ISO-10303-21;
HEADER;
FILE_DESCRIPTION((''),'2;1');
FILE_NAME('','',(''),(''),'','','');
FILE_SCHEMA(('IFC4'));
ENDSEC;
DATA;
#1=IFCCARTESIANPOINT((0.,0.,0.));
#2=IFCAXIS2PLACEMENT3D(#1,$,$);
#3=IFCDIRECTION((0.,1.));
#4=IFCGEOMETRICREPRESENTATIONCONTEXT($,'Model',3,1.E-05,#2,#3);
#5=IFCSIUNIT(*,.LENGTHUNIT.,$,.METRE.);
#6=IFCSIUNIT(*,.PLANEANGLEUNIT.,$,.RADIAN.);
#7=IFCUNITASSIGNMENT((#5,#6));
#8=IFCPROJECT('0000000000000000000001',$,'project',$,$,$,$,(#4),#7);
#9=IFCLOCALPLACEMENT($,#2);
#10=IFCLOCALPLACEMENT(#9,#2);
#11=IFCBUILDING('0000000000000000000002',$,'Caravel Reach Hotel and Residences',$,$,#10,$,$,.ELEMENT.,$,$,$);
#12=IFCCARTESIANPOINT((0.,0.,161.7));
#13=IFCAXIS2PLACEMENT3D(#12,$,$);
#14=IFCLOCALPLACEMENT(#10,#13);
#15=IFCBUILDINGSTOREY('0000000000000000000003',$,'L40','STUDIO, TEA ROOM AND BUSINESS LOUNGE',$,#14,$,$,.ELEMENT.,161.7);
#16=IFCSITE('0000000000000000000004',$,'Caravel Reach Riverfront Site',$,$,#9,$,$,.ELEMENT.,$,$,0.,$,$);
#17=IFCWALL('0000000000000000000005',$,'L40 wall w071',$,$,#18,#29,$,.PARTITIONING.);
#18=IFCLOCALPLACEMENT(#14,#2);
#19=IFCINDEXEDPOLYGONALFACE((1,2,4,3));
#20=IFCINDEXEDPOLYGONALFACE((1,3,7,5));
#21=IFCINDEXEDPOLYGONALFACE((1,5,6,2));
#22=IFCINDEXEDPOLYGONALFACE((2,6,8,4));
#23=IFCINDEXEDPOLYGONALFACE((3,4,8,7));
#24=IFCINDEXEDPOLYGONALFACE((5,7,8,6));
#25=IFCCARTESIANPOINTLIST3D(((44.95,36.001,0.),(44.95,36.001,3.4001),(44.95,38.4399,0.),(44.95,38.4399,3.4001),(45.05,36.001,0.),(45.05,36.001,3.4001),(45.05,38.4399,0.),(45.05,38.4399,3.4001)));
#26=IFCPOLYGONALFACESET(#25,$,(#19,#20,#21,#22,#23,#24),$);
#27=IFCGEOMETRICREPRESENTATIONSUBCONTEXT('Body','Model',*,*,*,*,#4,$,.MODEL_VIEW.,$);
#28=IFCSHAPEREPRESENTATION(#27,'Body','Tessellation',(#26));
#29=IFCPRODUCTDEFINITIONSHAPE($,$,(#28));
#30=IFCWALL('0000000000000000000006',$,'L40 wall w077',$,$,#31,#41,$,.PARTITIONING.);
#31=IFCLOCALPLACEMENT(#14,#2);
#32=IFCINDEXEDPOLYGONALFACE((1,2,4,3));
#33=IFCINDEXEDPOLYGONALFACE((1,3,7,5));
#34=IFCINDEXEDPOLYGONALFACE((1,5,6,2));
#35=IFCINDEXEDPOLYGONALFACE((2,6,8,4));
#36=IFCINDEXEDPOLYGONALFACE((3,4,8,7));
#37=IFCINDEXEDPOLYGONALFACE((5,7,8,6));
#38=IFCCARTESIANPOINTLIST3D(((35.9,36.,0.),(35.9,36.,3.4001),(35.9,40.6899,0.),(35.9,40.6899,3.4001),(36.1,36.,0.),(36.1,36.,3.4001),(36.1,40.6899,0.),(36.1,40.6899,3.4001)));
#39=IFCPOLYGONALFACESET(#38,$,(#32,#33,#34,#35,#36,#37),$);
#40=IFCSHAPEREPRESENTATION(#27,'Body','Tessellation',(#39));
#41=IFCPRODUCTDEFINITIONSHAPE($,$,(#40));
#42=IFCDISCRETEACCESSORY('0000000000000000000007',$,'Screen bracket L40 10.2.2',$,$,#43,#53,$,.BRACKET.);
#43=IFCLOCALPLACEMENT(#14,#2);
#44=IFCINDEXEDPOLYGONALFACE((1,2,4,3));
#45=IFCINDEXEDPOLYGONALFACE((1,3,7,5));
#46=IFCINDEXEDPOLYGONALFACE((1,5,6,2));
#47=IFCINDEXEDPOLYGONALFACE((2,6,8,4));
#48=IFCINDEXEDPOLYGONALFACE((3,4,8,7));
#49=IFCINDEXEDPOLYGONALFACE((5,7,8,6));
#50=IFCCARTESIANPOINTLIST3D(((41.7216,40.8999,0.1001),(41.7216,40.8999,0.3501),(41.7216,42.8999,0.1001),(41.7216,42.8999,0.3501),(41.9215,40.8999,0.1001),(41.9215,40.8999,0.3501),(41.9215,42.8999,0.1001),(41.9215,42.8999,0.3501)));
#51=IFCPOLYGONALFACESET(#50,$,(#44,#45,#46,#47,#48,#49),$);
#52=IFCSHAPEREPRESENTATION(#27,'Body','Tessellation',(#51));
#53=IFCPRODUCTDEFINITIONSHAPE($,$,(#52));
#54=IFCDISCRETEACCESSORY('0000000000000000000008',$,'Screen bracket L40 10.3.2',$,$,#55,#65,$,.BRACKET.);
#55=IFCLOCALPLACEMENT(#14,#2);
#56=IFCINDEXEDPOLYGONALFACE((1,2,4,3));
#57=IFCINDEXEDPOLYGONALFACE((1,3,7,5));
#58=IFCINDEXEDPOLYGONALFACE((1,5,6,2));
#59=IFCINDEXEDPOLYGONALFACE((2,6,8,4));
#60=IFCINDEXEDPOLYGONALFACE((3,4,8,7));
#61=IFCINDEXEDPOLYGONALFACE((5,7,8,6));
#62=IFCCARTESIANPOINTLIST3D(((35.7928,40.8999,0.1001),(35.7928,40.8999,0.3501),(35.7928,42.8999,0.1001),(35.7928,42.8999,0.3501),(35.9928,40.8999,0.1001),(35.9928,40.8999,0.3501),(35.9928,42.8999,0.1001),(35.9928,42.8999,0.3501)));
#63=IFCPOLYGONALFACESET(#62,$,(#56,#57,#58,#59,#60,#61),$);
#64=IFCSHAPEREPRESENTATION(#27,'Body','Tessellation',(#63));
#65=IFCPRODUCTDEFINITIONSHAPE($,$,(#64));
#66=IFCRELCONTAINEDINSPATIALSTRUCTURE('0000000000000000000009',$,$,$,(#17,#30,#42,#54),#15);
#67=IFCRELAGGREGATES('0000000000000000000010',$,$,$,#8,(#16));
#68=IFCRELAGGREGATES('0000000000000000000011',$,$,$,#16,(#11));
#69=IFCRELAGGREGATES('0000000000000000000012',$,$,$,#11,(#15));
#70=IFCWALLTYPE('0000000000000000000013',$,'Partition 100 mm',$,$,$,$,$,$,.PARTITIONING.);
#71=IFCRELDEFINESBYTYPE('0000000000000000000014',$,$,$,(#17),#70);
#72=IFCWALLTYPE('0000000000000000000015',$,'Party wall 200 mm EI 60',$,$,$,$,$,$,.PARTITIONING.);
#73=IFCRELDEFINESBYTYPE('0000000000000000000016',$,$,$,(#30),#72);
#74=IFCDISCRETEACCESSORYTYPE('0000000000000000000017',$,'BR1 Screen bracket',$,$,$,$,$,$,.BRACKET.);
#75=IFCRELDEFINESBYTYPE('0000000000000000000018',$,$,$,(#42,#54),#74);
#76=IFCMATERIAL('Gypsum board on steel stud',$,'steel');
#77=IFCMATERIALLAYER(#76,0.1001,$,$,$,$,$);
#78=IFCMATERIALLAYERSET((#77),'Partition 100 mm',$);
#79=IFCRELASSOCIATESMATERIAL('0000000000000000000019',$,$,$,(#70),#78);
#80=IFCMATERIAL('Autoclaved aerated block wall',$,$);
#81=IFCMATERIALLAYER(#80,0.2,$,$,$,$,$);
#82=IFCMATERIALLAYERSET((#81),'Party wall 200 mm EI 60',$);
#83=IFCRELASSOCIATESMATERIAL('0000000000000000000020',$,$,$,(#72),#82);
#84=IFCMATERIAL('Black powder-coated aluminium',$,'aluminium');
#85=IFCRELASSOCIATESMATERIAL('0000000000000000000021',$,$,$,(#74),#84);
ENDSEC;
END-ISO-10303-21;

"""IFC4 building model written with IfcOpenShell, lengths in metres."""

from ifc_helpers import new_model, si_unit, direction, frame, frame_2d, origin, origin_2d, place, context, subcontext, project, spatial, rectangle, extrude, material, layer, layer_set, type_object, element, save


model = new_model("IFC4")

# Units and contexts
model_context = context("Model", 3, precision=1e-05, world=origin(), true_north=direction((0.0, 1.0)))
body_context = subcontext(model_context, "Body", "Model", "MODEL_VIEW")
ifc_project = project(units=[si_unit("LENGTHUNIT", "METRE"), si_unit("PLANEANGLEUNIT", "RADIAN")], contexts=[model_context])

# Site, building, storey
site_placement = place(None, origin())
site = spatial("IfcSite", under=ifc_project, at=site_placement, Name="Caravel Reach Riverfront Site", CompositionType="ELEMENT", RefElevation=0.0)
building_placement = place(site_placement, origin())
building = spatial("IfcBuilding", under=site, at=building_placement, Name="Caravel Reach Hotel and Residences", CompositionType="ELEMENT")
storey_placement = place(building_placement, frame((0.0, 0.0, 161.7)))
storey = spatial("IfcBuildingStorey", under=building, at=storey_placement, Name="L40", Description="STUDIO, TEA ROOM AND BUSINESS LOUNGE", CompositionType="ELEMENT", Elevation=161.7)

# Shared definitions
ifc_material_1 = material(Name="Gypsum board on steel stud", Category="steel")
ifc_layer_1 = layer(ifc_material_1, 0.1001)
ifc_layer_set_1 = layer_set([ifc_layer_1], Name="Partition 100 mm")
wall_type_1 = type_object("IfcWallType", Name="Partition 100 mm", PredefinedType="PARTITIONING", material=ifc_layer_set_1)

# Walls
wall_1_placement = place(storey_placement, frame((45.0, 36.001, 0.0), z_axis=(0.0, 0.0, 1.0), x_axis=(0.0, 1.0, 0.0)))
element("IfcWall", 1, at=wall_1_placement, inside=storey, type_object=wall_type_1, Name="L40 wall w071", PredefinedType="PARTITIONING", context=body_context, shape_type="SweptSolid", body=[
    extrude(rectangle(XDim=2.439, YDim=0.1001, at=frame_2d((1.2195, 0.0))), origin(), (0.0, 0.0, 1.0), 3.4001),
])
ifc_material_2 = material(Name="Autoclaved aerated block wall")
ifc_layer_2 = layer(ifc_material_2, 0.2)
ifc_layer_set_2 = layer_set([ifc_layer_2], Name="Party wall 200 mm EI 60")
wall_type_2 = type_object("IfcWallType", Name="Party wall 200 mm EI 60", PredefinedType="PARTITIONING", material=ifc_layer_set_2)
wall_2_placement = place(storey_placement, frame((36.0, 36.0, 0.0), z_axis=(0.0, 0.0, 1.0), x_axis=(0.0, 1.0, 0.0)))
element("IfcWall", 2, at=wall_2_placement, inside=storey, type_object=wall_type_2, Name="L40 wall w077", PredefinedType="PARTITIONING", context=body_context, shape_type="SweptSolid", body=[
    extrude(rectangle(XDim=4.6899, YDim=0.2, at=frame_2d((2.345, 0.0))), origin(), (0.0, 0.0, 1.0), 3.4001),
])

# Discrete accessories
ifc_material_3 = material(Name="Black powder-coated aluminium", Category="aluminium")
discrete_accessory_type = type_object("IfcDiscreteAccessoryType", Name="BR1 Screen bracket", PredefinedType="BRACKET", material=ifc_material_3)
for number, where, z_axis, x_axis, name in (
    (3, (41.8215, 41.8999, 0.1001), (0.0, 0.0, 1.0), (0.0, 1.0, 0.0), "Screen bracket L40 10.2.2"),
    (4, (35.8928, 41.8999, 0.1001), (0.0, 0.0, 1.0), (0.0, 1.0, 0.0), "Screen bracket L40 10.3.2"),
):
    element("IfcDiscreteAccessory", number, at=place(storey_placement, frame(where, z_axis=z_axis, x_axis=x_axis)), inside=storey, type_object=discrete_accessory_type, Name=name, PredefinedType="BRACKET", context=body_context, shape_type="SweptSolid", body=[
        extrude(rectangle(XDim=2.0, YDim=0.2, at=origin_2d()), origin(), (0.0, 0.0, 1.0), 0.25),
    ])

save(model, "model.ifc")
